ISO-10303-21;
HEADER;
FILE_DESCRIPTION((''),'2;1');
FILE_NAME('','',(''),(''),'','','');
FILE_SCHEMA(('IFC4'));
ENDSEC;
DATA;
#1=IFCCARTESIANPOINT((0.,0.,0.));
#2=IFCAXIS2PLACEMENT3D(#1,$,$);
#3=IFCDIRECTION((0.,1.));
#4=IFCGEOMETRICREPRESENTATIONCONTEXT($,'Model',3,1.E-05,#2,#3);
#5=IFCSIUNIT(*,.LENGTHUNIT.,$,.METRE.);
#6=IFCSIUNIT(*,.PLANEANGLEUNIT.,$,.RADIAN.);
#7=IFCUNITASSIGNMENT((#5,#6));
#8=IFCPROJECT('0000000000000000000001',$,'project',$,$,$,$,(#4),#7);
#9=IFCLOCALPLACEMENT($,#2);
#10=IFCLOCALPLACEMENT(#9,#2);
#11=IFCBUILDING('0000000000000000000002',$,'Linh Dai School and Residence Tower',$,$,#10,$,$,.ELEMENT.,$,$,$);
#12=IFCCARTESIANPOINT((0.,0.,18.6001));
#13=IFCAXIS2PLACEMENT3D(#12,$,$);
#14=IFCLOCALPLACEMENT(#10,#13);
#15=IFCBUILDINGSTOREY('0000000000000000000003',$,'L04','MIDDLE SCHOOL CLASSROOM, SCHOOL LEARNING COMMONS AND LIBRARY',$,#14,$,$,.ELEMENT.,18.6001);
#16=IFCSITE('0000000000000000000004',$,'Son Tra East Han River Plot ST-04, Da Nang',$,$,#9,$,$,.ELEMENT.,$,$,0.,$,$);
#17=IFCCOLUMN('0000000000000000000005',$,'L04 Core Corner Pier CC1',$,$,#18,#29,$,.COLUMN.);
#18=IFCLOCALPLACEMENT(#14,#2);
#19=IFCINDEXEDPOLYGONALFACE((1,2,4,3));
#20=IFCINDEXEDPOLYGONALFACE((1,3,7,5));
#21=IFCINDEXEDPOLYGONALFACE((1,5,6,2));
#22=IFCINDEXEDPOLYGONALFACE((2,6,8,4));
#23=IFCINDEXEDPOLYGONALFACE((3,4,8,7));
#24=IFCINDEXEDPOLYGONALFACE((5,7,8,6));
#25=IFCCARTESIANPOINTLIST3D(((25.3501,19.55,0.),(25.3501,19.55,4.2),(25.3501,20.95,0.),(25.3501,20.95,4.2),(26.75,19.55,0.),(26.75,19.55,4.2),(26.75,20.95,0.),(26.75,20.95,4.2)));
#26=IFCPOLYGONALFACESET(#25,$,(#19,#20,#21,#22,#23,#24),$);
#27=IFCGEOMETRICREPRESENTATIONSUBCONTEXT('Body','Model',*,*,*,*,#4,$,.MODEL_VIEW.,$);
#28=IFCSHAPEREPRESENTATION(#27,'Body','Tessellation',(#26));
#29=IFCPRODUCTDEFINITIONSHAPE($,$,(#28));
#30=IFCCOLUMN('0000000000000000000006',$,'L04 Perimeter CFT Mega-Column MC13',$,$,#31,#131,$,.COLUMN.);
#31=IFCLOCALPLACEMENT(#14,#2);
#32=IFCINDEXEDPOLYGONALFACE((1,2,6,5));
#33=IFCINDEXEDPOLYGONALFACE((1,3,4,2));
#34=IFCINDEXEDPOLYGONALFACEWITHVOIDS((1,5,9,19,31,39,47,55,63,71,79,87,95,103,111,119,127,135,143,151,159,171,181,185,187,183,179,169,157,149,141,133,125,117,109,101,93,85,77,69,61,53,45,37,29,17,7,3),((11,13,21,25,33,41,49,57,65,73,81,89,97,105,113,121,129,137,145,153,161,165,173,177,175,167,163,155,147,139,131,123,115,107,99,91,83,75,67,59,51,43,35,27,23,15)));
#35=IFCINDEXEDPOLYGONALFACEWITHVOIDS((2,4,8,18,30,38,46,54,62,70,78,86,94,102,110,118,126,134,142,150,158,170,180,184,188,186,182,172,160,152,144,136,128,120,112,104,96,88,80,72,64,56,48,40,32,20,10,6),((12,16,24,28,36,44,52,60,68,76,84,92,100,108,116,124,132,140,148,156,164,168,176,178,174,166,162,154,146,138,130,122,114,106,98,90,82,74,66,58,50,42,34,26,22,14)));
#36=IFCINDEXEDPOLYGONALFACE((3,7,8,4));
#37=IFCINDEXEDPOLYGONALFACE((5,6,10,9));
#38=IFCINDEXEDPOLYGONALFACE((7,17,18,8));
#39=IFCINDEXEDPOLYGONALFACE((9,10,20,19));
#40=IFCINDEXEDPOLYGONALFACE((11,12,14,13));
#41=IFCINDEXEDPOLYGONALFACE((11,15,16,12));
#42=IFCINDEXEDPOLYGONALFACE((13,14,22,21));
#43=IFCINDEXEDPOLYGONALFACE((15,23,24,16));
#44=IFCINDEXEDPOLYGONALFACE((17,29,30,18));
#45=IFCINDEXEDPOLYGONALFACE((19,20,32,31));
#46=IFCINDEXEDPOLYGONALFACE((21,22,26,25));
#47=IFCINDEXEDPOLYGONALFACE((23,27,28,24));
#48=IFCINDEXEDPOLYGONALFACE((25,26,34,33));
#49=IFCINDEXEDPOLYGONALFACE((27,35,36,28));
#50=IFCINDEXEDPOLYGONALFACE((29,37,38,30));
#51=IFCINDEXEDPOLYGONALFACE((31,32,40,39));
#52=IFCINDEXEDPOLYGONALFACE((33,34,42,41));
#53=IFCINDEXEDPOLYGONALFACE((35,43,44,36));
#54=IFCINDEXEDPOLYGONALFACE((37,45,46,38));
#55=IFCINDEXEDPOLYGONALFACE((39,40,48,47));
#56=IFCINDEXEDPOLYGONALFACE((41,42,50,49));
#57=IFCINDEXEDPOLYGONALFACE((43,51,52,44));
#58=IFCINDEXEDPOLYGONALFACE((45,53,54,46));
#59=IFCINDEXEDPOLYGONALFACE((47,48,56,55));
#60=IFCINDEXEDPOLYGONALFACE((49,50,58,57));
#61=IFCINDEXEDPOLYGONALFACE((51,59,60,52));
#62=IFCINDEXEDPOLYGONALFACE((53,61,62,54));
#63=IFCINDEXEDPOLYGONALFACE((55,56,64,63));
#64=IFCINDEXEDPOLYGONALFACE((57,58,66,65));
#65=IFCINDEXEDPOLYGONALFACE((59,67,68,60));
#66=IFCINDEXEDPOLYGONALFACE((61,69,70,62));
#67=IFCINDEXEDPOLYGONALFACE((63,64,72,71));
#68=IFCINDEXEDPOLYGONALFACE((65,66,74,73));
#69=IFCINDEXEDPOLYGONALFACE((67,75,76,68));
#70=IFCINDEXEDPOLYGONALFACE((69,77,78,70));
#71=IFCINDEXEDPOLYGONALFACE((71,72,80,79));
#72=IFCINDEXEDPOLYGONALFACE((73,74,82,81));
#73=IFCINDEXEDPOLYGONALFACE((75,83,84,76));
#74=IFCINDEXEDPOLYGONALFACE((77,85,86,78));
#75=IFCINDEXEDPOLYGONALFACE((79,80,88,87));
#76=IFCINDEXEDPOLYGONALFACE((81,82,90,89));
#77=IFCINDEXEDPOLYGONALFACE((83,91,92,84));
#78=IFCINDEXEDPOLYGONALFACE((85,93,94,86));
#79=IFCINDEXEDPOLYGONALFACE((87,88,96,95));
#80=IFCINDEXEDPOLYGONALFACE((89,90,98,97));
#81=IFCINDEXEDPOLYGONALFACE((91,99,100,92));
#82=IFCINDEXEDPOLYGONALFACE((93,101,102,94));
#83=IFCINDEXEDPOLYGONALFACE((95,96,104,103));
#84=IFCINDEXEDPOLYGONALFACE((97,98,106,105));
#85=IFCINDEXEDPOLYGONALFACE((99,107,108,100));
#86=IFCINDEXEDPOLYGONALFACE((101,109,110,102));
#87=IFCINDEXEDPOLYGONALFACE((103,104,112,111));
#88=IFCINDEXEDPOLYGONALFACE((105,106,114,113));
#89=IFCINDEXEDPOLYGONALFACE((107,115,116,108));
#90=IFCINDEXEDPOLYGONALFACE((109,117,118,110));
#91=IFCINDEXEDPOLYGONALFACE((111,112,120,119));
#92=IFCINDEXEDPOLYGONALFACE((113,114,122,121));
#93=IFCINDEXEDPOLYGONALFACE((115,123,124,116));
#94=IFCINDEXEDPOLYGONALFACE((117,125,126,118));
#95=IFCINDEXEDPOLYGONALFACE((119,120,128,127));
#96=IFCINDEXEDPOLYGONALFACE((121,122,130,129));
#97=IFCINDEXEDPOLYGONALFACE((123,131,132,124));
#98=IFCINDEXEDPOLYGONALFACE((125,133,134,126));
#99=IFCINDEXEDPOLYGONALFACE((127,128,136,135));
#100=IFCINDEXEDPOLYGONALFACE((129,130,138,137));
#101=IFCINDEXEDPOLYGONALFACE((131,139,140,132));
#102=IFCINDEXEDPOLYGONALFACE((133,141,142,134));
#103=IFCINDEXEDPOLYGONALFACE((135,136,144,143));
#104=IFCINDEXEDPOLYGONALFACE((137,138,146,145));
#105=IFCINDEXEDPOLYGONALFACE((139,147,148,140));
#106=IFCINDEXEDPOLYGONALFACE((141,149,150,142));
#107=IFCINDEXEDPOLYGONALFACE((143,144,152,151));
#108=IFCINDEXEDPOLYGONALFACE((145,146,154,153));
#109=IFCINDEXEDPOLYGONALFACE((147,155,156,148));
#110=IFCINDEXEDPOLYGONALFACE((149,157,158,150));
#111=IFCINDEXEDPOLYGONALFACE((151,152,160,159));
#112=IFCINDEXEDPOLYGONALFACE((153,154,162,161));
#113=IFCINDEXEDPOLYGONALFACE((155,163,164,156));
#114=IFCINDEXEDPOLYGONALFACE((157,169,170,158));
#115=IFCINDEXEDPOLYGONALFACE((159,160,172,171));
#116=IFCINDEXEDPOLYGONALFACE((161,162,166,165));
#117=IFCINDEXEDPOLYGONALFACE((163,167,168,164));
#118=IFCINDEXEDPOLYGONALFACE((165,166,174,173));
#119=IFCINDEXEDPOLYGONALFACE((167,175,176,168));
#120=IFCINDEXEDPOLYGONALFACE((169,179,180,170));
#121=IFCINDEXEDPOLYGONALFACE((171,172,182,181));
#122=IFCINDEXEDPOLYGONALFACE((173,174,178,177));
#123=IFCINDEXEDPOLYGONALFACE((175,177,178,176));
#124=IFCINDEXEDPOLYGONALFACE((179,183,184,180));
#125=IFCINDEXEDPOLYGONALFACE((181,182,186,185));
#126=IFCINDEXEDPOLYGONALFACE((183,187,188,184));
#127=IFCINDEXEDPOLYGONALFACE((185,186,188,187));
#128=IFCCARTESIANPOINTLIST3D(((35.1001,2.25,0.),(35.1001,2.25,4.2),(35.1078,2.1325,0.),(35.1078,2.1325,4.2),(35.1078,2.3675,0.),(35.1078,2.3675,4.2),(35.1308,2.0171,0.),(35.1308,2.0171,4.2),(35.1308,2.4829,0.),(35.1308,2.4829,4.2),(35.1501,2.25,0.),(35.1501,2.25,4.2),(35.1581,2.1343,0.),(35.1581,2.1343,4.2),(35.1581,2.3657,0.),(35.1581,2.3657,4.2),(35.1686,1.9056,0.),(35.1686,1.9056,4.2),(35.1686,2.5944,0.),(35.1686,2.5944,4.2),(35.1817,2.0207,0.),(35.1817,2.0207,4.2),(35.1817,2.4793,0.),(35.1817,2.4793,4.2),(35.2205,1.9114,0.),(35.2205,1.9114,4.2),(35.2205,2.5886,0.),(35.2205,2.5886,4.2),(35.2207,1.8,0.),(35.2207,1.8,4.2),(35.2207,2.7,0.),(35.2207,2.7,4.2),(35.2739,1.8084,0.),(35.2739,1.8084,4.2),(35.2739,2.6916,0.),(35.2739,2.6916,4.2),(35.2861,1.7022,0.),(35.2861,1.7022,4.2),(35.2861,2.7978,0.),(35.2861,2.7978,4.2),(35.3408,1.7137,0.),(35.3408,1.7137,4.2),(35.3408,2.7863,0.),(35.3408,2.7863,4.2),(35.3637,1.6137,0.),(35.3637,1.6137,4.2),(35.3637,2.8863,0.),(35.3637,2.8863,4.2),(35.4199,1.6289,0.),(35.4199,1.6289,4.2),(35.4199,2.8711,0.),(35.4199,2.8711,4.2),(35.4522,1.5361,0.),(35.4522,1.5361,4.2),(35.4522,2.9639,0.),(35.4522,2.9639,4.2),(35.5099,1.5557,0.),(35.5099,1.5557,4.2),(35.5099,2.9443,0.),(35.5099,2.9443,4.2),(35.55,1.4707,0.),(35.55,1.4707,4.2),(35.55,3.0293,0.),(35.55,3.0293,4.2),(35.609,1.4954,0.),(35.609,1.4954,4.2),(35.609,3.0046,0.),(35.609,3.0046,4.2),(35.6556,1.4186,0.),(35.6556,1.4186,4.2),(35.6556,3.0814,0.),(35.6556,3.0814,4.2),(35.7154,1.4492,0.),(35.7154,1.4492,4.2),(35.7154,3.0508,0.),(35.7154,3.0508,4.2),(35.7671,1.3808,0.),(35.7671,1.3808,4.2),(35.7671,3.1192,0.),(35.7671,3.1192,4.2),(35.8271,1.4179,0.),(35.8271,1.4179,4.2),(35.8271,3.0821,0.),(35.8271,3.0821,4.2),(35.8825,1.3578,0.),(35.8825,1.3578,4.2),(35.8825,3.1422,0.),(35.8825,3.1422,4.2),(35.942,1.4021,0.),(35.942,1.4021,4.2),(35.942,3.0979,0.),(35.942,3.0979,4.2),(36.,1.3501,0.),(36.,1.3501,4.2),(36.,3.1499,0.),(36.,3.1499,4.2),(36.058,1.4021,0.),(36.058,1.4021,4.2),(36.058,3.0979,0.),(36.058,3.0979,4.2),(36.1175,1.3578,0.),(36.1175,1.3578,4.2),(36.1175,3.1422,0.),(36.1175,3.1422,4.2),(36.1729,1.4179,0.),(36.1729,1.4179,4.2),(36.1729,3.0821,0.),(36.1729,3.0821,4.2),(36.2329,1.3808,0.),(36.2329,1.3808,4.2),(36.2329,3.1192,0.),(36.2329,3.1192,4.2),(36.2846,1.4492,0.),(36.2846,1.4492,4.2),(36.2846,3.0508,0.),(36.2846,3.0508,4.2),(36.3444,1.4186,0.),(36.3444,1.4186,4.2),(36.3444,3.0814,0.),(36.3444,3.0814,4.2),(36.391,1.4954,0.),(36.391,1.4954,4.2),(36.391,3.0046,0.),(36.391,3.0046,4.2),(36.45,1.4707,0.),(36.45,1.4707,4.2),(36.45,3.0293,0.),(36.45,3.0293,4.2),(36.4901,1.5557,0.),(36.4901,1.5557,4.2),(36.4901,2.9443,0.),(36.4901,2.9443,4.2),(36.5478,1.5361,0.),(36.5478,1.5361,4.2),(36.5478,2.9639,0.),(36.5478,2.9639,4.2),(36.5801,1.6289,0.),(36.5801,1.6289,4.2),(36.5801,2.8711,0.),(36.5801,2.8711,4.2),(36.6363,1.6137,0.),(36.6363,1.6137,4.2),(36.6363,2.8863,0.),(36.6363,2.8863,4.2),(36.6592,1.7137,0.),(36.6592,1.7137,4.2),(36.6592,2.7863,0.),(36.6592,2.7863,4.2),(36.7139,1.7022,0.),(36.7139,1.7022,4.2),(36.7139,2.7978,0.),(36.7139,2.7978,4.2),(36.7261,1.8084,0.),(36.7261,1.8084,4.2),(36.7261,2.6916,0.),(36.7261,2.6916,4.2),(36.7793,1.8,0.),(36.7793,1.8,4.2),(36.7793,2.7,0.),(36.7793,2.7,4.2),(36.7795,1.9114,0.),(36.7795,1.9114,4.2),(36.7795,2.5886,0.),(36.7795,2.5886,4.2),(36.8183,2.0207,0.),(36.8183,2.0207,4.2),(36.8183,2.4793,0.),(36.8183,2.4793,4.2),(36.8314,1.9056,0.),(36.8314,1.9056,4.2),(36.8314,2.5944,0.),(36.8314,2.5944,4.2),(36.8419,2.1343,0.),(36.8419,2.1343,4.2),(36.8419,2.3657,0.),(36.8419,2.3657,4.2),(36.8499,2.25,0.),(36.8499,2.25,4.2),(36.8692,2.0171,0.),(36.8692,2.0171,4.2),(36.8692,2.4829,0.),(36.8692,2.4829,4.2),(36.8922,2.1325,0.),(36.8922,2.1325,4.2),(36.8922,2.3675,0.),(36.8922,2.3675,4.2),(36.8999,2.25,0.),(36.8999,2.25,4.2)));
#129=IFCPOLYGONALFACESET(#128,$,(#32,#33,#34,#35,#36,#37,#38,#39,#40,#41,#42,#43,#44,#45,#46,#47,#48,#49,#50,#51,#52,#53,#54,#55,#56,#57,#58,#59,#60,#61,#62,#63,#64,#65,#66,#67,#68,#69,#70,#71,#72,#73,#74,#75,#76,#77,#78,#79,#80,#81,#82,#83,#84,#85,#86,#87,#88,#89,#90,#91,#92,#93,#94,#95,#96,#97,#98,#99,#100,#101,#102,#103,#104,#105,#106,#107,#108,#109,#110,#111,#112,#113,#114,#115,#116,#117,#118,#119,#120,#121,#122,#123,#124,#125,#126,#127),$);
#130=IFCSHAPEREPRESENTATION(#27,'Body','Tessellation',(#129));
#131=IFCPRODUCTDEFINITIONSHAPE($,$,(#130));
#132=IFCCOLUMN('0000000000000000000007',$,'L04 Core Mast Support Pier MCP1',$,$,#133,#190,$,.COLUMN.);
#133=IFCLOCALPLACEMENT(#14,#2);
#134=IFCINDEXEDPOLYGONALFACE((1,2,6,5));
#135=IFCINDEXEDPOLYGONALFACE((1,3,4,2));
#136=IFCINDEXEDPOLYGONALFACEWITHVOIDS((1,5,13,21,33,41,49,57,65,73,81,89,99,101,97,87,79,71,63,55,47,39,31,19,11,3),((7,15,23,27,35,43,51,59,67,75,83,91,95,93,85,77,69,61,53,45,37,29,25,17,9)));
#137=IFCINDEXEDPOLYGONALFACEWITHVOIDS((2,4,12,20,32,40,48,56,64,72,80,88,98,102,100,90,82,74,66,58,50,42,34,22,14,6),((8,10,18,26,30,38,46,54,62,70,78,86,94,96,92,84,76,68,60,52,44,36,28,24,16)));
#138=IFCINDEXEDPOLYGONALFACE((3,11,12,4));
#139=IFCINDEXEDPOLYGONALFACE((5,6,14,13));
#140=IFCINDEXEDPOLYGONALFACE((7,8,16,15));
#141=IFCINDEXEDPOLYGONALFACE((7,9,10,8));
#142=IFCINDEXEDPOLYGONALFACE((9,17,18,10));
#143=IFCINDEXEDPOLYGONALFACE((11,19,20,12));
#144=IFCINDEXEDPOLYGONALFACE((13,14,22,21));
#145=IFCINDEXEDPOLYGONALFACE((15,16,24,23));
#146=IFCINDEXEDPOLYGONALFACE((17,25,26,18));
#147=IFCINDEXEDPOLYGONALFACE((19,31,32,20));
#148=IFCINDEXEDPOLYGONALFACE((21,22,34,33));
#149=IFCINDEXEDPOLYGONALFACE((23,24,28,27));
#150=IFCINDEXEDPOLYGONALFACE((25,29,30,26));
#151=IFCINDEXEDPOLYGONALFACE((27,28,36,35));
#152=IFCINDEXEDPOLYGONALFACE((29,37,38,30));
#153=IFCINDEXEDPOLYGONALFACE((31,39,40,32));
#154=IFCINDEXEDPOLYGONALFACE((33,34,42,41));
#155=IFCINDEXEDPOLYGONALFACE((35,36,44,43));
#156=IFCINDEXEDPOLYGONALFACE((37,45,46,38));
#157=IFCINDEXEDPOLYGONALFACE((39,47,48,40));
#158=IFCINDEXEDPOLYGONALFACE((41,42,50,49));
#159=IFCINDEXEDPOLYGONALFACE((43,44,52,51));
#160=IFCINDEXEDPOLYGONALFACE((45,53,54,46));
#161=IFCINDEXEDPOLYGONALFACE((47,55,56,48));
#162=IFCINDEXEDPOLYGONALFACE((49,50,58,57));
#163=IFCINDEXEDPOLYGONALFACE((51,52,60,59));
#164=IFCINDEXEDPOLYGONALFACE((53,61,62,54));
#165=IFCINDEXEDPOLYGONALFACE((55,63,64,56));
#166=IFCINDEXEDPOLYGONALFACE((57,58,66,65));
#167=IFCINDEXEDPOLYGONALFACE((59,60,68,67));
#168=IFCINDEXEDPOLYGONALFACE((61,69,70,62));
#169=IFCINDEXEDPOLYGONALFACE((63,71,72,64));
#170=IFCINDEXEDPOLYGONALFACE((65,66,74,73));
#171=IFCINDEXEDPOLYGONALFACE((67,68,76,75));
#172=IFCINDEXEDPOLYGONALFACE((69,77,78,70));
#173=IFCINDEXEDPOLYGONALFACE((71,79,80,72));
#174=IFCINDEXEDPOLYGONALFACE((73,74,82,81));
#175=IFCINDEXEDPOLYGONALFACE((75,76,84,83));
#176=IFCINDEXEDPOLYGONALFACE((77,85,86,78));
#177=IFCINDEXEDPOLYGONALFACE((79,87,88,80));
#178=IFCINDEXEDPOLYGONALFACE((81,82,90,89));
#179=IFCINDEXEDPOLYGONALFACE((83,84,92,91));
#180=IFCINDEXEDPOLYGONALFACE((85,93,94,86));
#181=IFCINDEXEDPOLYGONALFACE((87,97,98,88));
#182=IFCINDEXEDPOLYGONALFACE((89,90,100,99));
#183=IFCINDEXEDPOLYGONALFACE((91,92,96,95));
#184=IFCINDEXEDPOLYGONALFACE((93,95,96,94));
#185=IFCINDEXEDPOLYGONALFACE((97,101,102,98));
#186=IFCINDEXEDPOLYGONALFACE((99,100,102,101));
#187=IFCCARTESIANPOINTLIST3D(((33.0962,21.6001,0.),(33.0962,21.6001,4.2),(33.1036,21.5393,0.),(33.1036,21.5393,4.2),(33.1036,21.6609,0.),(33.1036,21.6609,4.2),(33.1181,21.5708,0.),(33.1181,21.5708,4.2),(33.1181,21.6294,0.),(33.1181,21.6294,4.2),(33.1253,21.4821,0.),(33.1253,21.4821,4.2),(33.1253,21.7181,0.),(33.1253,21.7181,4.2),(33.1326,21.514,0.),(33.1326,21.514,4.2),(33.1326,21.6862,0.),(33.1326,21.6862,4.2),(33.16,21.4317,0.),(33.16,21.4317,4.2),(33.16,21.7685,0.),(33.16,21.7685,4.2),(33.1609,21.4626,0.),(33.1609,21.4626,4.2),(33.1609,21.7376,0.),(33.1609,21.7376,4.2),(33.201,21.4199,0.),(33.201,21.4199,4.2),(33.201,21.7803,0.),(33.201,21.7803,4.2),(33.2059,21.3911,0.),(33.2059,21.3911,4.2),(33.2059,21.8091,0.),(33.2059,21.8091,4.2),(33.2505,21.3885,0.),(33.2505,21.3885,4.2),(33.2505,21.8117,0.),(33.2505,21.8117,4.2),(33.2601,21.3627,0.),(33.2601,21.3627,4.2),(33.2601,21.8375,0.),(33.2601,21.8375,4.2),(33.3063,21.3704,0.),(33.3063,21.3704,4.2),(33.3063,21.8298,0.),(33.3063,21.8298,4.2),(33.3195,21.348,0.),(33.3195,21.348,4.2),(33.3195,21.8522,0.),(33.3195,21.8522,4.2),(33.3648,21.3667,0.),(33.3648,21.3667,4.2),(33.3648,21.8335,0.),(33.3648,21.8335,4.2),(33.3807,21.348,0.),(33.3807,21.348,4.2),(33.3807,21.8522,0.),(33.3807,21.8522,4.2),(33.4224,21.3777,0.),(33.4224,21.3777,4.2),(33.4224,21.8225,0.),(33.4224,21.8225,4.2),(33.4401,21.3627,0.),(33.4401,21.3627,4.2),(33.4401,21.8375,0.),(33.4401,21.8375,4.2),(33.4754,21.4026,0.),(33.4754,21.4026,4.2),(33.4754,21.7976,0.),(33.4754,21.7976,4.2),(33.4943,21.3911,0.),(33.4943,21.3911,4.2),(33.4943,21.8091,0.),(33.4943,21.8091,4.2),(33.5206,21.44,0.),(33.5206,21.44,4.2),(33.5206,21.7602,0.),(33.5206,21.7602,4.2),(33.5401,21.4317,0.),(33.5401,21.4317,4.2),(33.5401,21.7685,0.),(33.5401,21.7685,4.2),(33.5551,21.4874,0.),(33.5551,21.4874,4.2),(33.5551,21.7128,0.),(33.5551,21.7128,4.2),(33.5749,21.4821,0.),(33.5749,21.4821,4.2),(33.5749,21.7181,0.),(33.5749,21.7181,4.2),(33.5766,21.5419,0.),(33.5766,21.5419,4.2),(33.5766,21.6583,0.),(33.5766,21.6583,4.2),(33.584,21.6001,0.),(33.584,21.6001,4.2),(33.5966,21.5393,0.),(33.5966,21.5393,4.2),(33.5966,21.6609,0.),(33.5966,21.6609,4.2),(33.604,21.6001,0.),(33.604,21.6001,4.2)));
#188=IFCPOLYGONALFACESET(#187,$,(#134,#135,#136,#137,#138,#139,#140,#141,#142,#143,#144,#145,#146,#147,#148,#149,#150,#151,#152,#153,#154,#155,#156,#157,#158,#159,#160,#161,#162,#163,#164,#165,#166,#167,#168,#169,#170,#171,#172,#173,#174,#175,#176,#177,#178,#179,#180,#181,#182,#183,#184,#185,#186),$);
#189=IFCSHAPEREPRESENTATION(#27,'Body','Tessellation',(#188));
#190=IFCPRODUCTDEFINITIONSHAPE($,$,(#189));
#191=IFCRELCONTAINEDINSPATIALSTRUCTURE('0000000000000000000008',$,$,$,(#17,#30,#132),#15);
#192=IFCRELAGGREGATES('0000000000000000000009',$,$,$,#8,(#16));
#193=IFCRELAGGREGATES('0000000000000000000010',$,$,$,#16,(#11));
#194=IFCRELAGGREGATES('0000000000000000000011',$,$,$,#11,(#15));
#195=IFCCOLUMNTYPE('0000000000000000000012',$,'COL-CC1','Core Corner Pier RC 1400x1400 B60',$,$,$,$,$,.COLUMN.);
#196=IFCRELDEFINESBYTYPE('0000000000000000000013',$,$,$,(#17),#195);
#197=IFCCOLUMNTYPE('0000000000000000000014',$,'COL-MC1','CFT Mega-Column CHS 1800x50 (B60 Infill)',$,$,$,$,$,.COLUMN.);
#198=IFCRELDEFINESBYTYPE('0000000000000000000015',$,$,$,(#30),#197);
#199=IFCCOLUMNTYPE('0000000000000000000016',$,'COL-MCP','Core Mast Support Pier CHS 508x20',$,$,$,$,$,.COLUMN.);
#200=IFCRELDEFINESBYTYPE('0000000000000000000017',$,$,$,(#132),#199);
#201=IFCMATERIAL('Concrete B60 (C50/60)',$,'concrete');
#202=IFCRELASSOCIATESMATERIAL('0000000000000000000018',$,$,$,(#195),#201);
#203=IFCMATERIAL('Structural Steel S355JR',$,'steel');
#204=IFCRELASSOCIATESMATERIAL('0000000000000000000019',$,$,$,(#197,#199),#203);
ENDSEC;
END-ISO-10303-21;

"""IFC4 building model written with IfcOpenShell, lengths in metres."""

from ifc_helpers import new_model, si_unit, direction, frame, origin, origin_2d, place, context, subcontext, project, spatial, rectangle, hollow_circle, extrude, material, material_profile, profile_set, type_object, element, save


model = new_model("IFC4")

# Units and contexts
model_context = context("Model", 3, precision=1e-05, world=origin(), true_north=direction((0.0, 1.0)))
body_context = subcontext(model_context, "Body", "Model", "MODEL_VIEW")
ifc_project = project(units=[si_unit("LENGTHUNIT", "METRE"), si_unit("PLANEANGLEUNIT", "RADIAN")], contexts=[model_context])

# Site, building, storey
site_placement = place(None, origin())
site = spatial("IfcSite", under=ifc_project, at=site_placement, Name="Son Tra East Han River Plot ST-04, Da Nang", CompositionType="ELEMENT", RefElevation=0.0)
building_placement = place(site_placement, origin())
building = spatial("IfcBuilding", under=site, at=building_placement, Name="Linh Dai School and Residence Tower", CompositionType="ELEMENT")
storey_placement = place(building_placement, frame((0.0, 0.0, 18.6001)))
storey = spatial("IfcBuildingStorey", under=building, at=storey_placement, Name="L04", Description="MIDDLE SCHOOL CLASSROOM, SCHOOL LEARNING COMMONS AND LIBRARY", CompositionType="ELEMENT", Elevation=18.6001)

# Columns
ifc_material_1 = material(Name="Concrete B60 (C50/60)", Category="concrete")
ifc_material_profile_1 = material_profile(ifc_material_1, rectangle(XDim=1.3999, YDim=1.3999, at=origin_2d()), Name="RC 1400x1400")
ifc_profile_set_1 = profile_set([ifc_material_profile_1], Name="Concrete B60 (C50/60)")
column_type_1 = type_object("IfcColumnType", Name="COL-CC1", Description="Core Corner Pier RC 1400x1400 B60", PredefinedType="COLUMN", material=ifc_profile_set_1)
column_1_placement = place(storey_placement, frame((26.05, 20.25, 0.0), z_axis=(0.0, 0.0, 1.0), x_axis=(1.0, 0.0, 0.0)))
element("IfcColumn", 1, at=column_1_placement, inside=storey, type_object=column_type_1, Name="L04 Core Corner Pier CC1", PredefinedType="COLUMN", context=body_context, shape_type="SweptSolid", body=[
    extrude(rectangle(XDim=1.3999, YDim=1.3999, at=origin_2d()), origin(), (0.0, 0.0, 1.0), 4.2),
])
ifc_material_2 = material(Name="Structural Steel S355JR", Category="steel")
ifc_material_profile_2 = material_profile(ifc_material_2, hollow_circle(Radius=0.8999, WallThickness=0.05, at=origin_2d()), Name="CHS 1800x50")
ifc_profile_set_2 = profile_set([ifc_material_profile_2], Name="Structural Steel S355JR")
column_type_2 = type_object("IfcColumnType", Name="COL-MC1", Description="CFT Mega-Column CHS 1800x50 (B60 Infill)", PredefinedType="COLUMN", material=ifc_profile_set_2)
column_2_placement = place(storey_placement, frame((36.0, 2.25, 0.0), z_axis=(0.0, 0.0, 1.0), x_axis=(1.0, 0.0, 0.0)))
element("IfcColumn", 2, at=column_2_placement, inside=storey, type_object=column_type_2, Name="L04 Perimeter CFT Mega-Column MC13", PredefinedType="COLUMN", context=body_context, shape_type="SweptSolid", body=[
    extrude(hollow_circle(Radius=0.8999, WallThickness=0.05, at=origin_2d()), origin(), (0.0, 0.0, 1.0), 4.2),
])
ifc_material_profile_3 = material_profile(ifc_material_2, hollow_circle(Radius=0.2539, WallThickness=0.02, at=origin_2d()), Name="CHS 508x20")
ifc_profile_set_3 = profile_set([ifc_material_profile_3], Name="Structural Steel S355JR")
column_type_3 = type_object("IfcColumnType", Name="COL-MCP", Description="Core Mast Support Pier CHS 508x20", PredefinedType="COLUMN", material=ifc_profile_set_3)
column_3_placement = place(storey_placement, frame((33.3501, 21.6001, 0.0), z_axis=(0.0, 0.0, 1.0), x_axis=(1.0, 0.0, 0.0)))
element("IfcColumn", 3, at=column_3_placement, inside=storey, type_object=column_type_3, Name="L04 Core Mast Support Pier MCP1", PredefinedType="COLUMN", context=body_context, shape_type="SweptSolid", body=[
    extrude(hollow_circle(Radius=0.2539, WallThickness=0.02, at=origin_2d()), origin(), (0.0, 0.0, 1.0), 4.2),
])

save(model, "model.ifc")
